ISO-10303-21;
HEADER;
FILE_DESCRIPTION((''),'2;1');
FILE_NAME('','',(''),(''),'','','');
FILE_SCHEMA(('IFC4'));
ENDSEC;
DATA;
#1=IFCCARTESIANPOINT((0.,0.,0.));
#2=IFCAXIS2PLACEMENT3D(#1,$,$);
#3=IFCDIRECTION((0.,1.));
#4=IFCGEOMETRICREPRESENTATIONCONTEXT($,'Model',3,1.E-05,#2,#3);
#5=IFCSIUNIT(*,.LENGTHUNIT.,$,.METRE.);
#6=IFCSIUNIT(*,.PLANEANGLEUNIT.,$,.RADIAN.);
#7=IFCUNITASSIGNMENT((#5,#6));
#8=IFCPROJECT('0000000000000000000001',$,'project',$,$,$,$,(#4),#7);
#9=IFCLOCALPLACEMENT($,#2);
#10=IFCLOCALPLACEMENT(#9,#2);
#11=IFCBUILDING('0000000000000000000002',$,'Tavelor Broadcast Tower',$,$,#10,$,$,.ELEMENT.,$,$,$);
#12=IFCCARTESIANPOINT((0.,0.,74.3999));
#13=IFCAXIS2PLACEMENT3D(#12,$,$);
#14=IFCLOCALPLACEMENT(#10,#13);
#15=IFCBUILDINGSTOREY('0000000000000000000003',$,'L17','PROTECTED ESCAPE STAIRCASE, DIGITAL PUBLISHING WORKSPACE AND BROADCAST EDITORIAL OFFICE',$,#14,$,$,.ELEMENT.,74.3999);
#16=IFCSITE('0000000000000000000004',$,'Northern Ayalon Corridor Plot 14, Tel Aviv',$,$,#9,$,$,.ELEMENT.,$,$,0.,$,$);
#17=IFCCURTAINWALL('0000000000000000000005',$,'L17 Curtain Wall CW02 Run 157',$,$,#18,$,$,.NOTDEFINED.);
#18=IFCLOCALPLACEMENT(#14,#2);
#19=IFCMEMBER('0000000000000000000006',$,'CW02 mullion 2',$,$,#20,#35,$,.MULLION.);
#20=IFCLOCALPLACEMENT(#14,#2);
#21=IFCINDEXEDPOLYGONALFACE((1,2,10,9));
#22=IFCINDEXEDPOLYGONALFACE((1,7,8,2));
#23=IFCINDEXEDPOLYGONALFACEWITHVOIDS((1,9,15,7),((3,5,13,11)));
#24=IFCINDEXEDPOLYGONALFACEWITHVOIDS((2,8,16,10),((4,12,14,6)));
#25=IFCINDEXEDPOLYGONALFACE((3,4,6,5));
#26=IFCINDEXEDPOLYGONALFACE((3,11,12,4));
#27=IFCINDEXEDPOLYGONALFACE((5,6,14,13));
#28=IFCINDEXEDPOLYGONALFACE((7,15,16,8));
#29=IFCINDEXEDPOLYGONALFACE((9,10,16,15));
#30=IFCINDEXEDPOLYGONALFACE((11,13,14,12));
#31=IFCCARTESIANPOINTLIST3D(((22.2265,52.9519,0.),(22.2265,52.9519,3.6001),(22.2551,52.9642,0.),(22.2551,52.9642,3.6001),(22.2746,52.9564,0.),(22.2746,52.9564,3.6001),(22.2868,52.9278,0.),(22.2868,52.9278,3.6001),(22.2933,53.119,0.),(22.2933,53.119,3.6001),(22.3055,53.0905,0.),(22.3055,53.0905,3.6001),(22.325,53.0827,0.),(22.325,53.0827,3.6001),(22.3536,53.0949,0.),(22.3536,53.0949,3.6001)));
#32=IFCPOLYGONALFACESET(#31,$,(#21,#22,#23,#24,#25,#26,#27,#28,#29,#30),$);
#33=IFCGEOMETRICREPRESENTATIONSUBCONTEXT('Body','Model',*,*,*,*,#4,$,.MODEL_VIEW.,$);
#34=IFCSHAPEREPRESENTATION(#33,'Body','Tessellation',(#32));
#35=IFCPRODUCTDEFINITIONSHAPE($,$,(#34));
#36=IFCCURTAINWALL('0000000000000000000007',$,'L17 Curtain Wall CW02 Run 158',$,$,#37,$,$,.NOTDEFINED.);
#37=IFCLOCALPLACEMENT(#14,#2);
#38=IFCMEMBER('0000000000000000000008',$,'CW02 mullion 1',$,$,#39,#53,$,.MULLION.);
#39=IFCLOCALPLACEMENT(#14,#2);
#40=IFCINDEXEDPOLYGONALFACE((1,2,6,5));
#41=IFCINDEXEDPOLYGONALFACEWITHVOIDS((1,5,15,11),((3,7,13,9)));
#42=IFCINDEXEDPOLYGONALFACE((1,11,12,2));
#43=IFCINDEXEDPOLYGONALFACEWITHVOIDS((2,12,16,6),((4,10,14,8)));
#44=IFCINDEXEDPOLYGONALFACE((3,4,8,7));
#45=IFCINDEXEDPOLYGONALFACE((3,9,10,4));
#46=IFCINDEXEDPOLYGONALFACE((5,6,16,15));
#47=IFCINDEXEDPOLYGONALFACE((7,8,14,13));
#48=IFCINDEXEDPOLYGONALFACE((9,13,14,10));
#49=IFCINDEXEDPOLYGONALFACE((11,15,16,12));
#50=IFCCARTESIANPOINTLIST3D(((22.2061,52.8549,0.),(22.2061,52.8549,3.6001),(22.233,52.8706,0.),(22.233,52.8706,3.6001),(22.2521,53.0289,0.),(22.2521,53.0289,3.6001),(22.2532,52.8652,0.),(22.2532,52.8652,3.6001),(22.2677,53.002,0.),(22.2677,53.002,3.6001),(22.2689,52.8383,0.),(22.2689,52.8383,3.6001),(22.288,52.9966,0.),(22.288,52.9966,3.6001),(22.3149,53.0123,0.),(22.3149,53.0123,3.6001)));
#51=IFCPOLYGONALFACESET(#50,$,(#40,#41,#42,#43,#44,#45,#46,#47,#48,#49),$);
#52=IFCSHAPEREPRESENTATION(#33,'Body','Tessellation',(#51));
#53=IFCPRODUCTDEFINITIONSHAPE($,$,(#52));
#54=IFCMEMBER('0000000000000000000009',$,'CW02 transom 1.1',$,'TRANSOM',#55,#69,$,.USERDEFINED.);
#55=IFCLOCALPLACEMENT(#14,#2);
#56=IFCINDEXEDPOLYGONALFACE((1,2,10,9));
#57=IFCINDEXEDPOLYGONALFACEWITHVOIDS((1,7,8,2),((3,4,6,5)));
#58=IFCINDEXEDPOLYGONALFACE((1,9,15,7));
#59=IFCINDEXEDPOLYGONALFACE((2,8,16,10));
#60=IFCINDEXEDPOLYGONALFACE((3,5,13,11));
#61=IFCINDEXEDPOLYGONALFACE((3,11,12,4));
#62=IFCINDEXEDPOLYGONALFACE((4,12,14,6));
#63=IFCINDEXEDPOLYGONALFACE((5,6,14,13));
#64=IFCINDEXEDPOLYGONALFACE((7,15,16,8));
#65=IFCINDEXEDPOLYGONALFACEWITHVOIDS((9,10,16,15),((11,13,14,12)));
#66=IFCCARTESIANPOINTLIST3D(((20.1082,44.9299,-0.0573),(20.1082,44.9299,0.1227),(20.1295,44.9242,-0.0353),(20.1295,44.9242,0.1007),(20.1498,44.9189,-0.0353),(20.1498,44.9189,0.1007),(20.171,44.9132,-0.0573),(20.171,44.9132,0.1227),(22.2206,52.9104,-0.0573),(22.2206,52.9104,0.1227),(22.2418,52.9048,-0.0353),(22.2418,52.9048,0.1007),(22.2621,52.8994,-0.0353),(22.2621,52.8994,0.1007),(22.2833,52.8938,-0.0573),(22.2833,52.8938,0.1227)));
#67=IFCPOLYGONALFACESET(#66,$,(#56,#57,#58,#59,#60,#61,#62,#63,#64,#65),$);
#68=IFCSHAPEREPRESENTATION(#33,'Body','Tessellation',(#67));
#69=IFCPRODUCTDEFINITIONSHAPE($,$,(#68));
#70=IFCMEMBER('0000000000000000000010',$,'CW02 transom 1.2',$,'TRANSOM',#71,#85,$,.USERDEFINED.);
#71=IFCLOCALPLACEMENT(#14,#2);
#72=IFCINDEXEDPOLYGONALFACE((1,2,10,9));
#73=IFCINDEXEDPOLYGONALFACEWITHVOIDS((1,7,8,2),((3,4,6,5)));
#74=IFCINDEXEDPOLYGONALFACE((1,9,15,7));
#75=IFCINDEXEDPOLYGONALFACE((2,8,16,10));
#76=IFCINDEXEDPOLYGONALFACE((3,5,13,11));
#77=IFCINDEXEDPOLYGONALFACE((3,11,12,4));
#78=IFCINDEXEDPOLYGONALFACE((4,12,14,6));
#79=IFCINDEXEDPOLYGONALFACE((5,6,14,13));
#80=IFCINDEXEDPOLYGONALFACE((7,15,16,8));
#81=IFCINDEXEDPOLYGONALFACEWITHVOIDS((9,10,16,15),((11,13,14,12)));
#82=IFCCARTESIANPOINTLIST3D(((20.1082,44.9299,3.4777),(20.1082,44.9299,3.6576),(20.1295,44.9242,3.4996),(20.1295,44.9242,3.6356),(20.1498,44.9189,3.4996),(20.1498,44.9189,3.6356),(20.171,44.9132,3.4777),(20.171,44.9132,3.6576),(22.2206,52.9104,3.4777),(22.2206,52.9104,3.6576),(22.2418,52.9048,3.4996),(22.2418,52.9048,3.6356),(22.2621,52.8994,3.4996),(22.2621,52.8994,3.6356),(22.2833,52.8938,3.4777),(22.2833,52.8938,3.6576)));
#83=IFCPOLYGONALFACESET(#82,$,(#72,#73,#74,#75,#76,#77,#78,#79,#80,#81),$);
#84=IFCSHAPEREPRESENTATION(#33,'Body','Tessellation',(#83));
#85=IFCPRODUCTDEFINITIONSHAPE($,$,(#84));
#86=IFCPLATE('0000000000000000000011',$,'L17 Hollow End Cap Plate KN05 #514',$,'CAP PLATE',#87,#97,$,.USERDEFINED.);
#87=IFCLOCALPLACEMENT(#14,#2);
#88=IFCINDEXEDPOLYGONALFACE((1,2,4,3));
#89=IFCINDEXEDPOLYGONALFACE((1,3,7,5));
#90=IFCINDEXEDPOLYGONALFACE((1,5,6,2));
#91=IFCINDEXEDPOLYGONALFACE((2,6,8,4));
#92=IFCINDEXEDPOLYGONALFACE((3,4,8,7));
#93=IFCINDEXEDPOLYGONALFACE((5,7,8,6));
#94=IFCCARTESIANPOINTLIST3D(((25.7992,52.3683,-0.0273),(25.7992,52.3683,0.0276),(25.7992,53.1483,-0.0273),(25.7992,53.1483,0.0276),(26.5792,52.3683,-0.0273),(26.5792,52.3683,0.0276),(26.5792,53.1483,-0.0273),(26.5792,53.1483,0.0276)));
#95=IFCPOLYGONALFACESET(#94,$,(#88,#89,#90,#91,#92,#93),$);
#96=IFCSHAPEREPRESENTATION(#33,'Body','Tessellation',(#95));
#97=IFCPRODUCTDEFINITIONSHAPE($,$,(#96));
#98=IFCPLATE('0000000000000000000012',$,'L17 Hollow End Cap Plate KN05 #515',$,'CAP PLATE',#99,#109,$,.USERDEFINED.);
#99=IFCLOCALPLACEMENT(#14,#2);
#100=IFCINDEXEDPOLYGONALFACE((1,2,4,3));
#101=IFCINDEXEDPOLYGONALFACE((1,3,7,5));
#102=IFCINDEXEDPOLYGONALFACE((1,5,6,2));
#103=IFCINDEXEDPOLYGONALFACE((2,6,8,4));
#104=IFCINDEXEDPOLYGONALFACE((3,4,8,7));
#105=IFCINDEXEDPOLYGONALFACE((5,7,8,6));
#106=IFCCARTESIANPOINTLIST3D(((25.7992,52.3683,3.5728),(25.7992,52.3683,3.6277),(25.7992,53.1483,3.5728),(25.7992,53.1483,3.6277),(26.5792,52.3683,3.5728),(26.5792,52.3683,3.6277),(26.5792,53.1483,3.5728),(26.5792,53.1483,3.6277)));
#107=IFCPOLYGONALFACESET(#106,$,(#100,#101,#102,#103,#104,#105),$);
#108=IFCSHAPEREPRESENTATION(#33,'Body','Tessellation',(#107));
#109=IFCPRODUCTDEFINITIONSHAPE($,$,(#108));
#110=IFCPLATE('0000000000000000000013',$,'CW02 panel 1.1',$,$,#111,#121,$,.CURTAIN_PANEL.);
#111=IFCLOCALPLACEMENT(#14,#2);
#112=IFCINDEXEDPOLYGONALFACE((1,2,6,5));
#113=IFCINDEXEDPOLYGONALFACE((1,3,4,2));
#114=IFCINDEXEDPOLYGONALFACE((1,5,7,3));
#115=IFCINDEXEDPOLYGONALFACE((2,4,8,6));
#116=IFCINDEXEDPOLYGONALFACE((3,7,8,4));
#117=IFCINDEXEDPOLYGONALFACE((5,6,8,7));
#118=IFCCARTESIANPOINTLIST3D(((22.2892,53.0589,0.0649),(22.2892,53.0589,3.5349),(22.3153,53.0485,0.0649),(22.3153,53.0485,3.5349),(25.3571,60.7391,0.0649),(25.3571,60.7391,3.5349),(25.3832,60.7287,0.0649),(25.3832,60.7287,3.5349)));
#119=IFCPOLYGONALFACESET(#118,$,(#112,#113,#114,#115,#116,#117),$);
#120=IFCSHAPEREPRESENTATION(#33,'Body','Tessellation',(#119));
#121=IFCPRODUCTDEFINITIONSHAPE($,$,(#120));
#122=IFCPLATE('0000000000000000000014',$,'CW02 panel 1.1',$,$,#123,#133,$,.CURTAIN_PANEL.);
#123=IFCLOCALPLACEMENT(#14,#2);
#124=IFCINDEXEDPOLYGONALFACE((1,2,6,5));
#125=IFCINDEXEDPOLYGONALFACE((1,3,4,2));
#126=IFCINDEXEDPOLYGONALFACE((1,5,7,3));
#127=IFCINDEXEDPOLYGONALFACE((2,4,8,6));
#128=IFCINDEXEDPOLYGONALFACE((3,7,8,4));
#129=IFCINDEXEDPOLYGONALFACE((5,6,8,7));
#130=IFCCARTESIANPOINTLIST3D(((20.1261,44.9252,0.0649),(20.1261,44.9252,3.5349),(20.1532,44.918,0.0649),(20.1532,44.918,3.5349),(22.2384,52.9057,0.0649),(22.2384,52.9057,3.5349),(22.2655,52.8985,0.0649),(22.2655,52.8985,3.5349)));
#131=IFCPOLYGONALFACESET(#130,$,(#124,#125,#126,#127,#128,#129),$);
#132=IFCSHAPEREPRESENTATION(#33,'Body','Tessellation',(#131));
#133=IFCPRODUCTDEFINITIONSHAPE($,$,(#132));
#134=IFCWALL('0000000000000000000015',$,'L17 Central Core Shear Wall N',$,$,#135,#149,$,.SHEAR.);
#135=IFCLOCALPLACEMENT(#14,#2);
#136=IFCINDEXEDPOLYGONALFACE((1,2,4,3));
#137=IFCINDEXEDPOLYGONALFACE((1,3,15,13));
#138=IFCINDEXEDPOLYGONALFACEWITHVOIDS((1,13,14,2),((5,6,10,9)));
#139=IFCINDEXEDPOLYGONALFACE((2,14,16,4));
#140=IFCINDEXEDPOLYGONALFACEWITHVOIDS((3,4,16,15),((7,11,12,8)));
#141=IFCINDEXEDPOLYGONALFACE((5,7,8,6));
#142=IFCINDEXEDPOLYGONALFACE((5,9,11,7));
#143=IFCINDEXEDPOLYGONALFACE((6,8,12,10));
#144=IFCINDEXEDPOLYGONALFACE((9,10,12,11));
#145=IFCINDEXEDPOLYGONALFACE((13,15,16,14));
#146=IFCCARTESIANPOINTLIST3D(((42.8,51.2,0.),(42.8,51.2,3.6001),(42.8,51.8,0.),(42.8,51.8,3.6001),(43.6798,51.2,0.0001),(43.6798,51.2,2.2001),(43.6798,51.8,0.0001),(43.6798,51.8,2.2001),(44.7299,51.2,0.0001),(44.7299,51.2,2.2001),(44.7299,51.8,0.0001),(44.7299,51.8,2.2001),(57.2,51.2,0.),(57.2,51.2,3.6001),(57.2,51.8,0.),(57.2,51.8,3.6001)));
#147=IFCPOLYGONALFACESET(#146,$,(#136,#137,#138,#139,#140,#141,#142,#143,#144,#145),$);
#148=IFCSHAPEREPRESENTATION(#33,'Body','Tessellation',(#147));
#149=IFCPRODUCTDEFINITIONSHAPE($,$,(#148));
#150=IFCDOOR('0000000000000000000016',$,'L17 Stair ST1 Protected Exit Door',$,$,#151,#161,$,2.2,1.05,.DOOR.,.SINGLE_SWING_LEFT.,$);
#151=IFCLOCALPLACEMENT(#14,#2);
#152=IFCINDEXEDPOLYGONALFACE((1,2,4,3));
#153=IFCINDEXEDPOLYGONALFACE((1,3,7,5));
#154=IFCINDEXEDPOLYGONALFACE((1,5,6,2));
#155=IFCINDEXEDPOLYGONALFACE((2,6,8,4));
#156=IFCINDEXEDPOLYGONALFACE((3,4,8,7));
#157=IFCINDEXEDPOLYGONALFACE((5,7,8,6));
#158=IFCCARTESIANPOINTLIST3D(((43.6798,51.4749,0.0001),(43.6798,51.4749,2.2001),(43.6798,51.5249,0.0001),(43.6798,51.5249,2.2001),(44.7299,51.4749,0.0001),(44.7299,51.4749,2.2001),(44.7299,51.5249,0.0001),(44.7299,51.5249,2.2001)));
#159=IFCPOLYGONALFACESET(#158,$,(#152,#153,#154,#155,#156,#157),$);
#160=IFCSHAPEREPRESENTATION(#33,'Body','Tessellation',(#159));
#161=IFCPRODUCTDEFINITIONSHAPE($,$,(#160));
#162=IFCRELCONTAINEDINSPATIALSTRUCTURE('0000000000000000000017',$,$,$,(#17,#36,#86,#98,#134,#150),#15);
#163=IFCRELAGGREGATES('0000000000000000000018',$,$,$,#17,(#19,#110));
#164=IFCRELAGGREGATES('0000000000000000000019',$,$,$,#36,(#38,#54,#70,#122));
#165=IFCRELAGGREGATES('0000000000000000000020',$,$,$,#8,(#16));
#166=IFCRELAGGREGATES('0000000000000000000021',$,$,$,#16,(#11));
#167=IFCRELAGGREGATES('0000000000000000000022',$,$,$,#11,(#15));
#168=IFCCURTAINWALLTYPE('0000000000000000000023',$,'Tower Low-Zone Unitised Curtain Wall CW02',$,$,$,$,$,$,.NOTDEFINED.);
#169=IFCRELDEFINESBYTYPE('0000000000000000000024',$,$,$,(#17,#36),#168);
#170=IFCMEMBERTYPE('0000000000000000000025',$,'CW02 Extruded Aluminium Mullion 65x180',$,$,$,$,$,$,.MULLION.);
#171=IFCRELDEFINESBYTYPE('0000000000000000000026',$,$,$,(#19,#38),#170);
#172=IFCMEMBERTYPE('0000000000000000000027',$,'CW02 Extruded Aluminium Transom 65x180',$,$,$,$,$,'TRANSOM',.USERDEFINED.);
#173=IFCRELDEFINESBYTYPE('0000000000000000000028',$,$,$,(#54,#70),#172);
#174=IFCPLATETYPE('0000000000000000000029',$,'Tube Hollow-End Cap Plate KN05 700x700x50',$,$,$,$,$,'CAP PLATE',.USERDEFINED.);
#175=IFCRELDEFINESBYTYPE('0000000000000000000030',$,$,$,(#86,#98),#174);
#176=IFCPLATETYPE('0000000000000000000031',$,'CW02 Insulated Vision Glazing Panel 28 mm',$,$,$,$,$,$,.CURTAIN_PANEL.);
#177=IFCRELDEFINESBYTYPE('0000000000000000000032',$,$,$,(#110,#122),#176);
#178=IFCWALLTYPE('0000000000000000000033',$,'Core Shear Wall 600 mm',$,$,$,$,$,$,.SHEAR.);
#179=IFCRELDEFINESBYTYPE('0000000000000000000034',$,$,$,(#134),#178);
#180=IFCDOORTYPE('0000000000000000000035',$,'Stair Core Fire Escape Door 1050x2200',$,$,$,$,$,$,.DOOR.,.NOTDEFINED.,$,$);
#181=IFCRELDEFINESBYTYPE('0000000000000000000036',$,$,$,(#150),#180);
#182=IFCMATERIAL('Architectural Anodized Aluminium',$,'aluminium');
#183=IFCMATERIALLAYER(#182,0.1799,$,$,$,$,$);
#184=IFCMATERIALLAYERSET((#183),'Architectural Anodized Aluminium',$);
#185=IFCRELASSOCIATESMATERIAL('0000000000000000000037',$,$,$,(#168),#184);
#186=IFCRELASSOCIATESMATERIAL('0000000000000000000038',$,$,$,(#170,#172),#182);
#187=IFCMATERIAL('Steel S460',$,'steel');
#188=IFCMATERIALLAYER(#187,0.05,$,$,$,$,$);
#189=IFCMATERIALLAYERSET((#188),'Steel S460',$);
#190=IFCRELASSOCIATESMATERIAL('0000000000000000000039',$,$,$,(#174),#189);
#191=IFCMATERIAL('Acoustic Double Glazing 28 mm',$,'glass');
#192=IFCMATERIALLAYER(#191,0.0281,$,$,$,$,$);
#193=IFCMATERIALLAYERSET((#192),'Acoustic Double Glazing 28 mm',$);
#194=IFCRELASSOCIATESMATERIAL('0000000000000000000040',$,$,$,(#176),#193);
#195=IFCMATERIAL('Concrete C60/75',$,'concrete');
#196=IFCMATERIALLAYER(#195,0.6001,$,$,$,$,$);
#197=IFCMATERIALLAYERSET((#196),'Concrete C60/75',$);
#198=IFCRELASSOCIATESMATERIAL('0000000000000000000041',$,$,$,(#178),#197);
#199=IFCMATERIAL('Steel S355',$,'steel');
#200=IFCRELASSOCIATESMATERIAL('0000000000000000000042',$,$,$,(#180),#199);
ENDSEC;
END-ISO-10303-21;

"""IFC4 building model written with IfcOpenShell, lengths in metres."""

from ifc_helpers import new_model, si_unit, direction, frame, frame_2d, origin, origin_2d, place, context, subcontext, project, spatial, rectangle, hollow_rectangle, extrude, source, transform, mapped, material, layer, layer_set, material_profile, profile_set, type_object, type_shapes, element, fill, aggregate, save


model = new_model("IFC4")

# Units and contexts
model_context = context("Model", 3, precision=1e-05, world=origin(), true_north=direction((0.0, 1.0)))
body_context = subcontext(model_context, "Body", "Model", "MODEL_VIEW")
ifc_project = project(units=[si_unit("LENGTHUNIT", "METRE"), si_unit("PLANEANGLEUNIT", "RADIAN")], contexts=[model_context])

# Site, building, storey
site_placement = place(None, origin())
site = spatial("IfcSite", under=ifc_project, at=site_placement, Name="Northern Ayalon Corridor Plot 14, Tel Aviv", CompositionType="ELEMENT", RefElevation=0.0)
building_placement = place(site_placement, origin())
building = spatial("IfcBuilding", under=site, at=building_placement, Name="Tavelor Broadcast Tower", CompositionType="ELEMENT")
storey_placement = place(building_placement, frame((0.0, 0.0, 74.3999)))
storey = spatial("IfcBuildingStorey", under=building, at=storey_placement, Name="L17", Description="PROTECTED ESCAPE STAIRCASE, DIGITAL PUBLISHING WORKSPACE AND BROADCAST EDITORIAL OFFICE", CompositionType="ELEMENT", Elevation=74.3999)

# Shared definitions
ifc_material_1 = material(Name="Steel S460", Category="steel")

# Shared definitions
ifc_material_2 = material(Name="Steel S355", Category="steel")

# Curtain wall, member
ifc_material_3 = material(Name="Architectural Anodized Aluminium", Category="aluminium")
ifc_layer_1 = layer(ifc_material_3, 0.1799)
ifc_layer_set_1 = layer_set([ifc_layer_1], Name="Architectural Anodized Aluminium")
curtain_wall_type = type_object("IfcCurtainWallType", Name="Tower Low-Zone Unitised Curtain Wall CW02", PredefinedType="NOTDEFINED", material=ifc_layer_set_1)
curtain_wall_1_placement = place(storey_placement, origin())
curtain_wall_1 = element("IfcCurtainWall", 1, at=curtain_wall_1_placement, inside=storey, type_object=curtain_wall_type, Name="L17 Curtain Wall CW02 Run 157", PredefinedType="NOTDEFINED")
ifc_material_profile_1 = material_profile(ifc_material_3, hollow_rectangle(XDim=0.0649, YDim=0.1799, WallThickness=0.022, at=origin_2d()), Name="RHS 65x180x22")
ifc_profile_set_1 = profile_set([ifc_material_profile_1], Name="Architectural Anodized Aluminium")
member_type_1 = type_object("IfcMemberType", Name="CW02 Extruded Aluminium Mullion 65x180", PredefinedType="MULLION", material=ifc_profile_set_1)
shared_shape_1 = source(origin(), body_context, "Body", "SweptSolid", [
    extrude(hollow_rectangle(XDim=0.0649, YDim=0.1799, WallThickness=0.022, at=origin_2d()), origin(), (0.0, 0.0, 1.0), 3.6001),
])
type_shapes(member_type_1, [shared_shape_1])
member_1_placement = place(storey_placement, frame((22.29, 53.0234, 0.0), z_axis=(0.0, 0.0, 1.0), x_axis=(0.928649, -0.37096, 0.0)))
member_1 = element("IfcMember", 2, at=member_1_placement, type_object=member_type_1, Name="CW02 mullion 2", PredefinedType="MULLION", context=body_context, shape_type="MappedRepresentation", body=[
    mapped(shared_shape_1, transform((0.0, 0.0, 0.0), scale=1.0)),
])

# Curtain wall, members
curtain_wall_2_placement = place(storey_placement, origin())
curtain_wall_2 = element("IfcCurtainWall", 3, at=curtain_wall_2_placement, inside=storey, type_object=curtain_wall_type, Name="L17 Curtain Wall CW02 Run 158", PredefinedType="NOTDEFINED")
member_2_placement = place(storey_placement, frame((22.2605, 52.9336, 0.0), z_axis=(0.0, 0.0, 1.0), x_axis=(0.96671, -0.255875, 0.0)))
member_2 = element("IfcMember", 4, at=member_2_placement, type_object=member_type_1, Name="CW02 mullion 1", PredefinedType="MULLION", context=body_context, shape_type="MappedRepresentation", body=[
    mapped(shared_shape_1, transform((0.0, 0.0, 0.0), scale=1.0)),
])
ifc_material_profile_2 = material_profile(ifc_material_3, hollow_rectangle(XDim=0.0649, YDim=0.1799, WallThickness=0.022, at=origin_2d()), Name="RHS 65x180x22")
ifc_profile_set_2 = profile_set([ifc_material_profile_2], Name="Architectural Anodized Aluminium")
member_type_2 = type_object("IfcMemberType", Name="CW02 Extruded Aluminium Transom 65x180", ElementType="TRANSOM", PredefinedType="USERDEFINED", material=ifc_profile_set_2)
shared_shape_2 = source(origin(), body_context, "Body", "SweptSolid", [
    extrude(hollow_rectangle(XDim=0.0649, YDim=0.1799, WallThickness=0.022, at=origin_2d()), origin(), (0.0, 0.0, 1.0), 8.2554),
])
type_shapes(member_type_2, [shared_shape_2])
member_3_placement = place(storey_placement, frame((22.252, 52.9021, 0.0327), z_axis=(-0.255873, -0.96671, 0.0), x_axis=(0.96671, -0.255873, 0.0)))
member_3 = element("IfcMember", 5, at=member_3_placement, type_object=member_type_2, Name="CW02 transom 1.1", ObjectType="TRANSOM", PredefinedType="USERDEFINED", context=body_context, shape_type="MappedRepresentation", body=[
    mapped(shared_shape_2, transform((0.0, 0.0, 0.0), scale=1.0)),
])
member_4_placement = place(storey_placement, frame((22.252, 52.9021, 3.5676), z_axis=(-0.255873, -0.96671, 0.0), x_axis=(0.96671, -0.255873, 0.0)))
member_4 = element("IfcMember", 6, at=member_4_placement, type_object=member_type_2, Name="CW02 transom 1.2", ObjectType="TRANSOM", PredefinedType="USERDEFINED", context=body_context, shape_type="MappedRepresentation", body=[
    mapped(shared_shape_2, transform((0.0, 0.0, 0.0), scale=1.0)),
])

# Plates
ifc_layer_2 = layer(ifc_material_1, 0.05)
ifc_layer_set_2 = layer_set([ifc_layer_2], Name="Steel S460")
plate_type_1 = type_object("IfcPlateType", Name="Tube Hollow-End Cap Plate KN05 700x700x50", ElementType="CAP PLATE", PredefinedType="USERDEFINED", material=ifc_layer_set_2)
shared_shape_3 = source(origin(), body_context, "Body", "SweptSolid", [
    extrude(rectangle(XDim=0.78, YDim=0.78, at=origin_2d()), origin(), (0.0, 0.0, 1.0), 0.0549),
])
type_shapes(plate_type_1, [shared_shape_3])
for number, where, z_axis, x_axis, name in (
    (7, (26.1892, 52.7583, -0.0273), (0.0, 0.0, 1.0), (1.0, 0.0, 0.0), "L17 Hollow End Cap Plate KN05 #514"),
    (8, (26.1892, 52.7583, 3.5728), (0.0, 0.0, 1.0), (1.0, 0.0, 0.0), "L17 Hollow End Cap Plate KN05 #515"),
):
    element("IfcPlate", number, at=place(storey_placement, frame(where, z_axis=z_axis, x_axis=x_axis)), inside=storey, type_object=plate_type_1, Name=name, ObjectType="CAP PLATE", PredefinedType="USERDEFINED", context=body_context, shape_type="MappedRepresentation", body=[
        mapped(shared_shape_3, transform((0.0, 0.0, 0.0), scale=1.0)),
    ])

# Plates
ifc_material_4 = material(Name="Acoustic Double Glazing 28 mm", Category="glass")
ifc_layer_3 = layer(ifc_material_4, 0.0281)
ifc_layer_set_3 = layer_set([ifc_layer_3], Name="Acoustic Double Glazing 28 mm")
plate_type_2 = type_object("IfcPlateType", Name="CW02 Insulated Vision Glazing Panel 28 mm", PredefinedType="CURTAIN_PANEL", material=ifc_layer_set_3)
shared_shape_4 = source(origin(), body_context, "Body", "SweptSolid", [
    extrude(rectangle(XDim=8.2703, YDim=0.0281, at=origin_2d()), origin(), (0.0, 0.0, 1.0), 3.47),
])
plate_1_placement = place(storey_placement, frame((23.8362, 56.8938, 0.0649), z_axis=(0.0, 0.0, 1.0), x_axis=(-0.37096, -0.928649, 0.0)))
plate_1 = element("IfcPlate", 9, at=plate_1_placement, type_object=plate_type_2, Name="CW02 panel 1.1", PredefinedType="CURTAIN_PANEL", context=body_context, shape_type="MappedRepresentation", body=[
    mapped(shared_shape_4, transform((0.0, 0.0, 0.0), scale=1.0)),
])
aggregate(curtain_wall_1, [member_1, plate_1])
shared_shape_5 = source(origin(), body_context, "Body", "SweptSolid", [
    extrude(rectangle(XDim=8.2554, YDim=0.0281, at=origin_2d()), origin(), (0.0, 0.0, 1.0), 3.47),
])
type_shapes(plate_type_2, [shared_shape_4, shared_shape_5])
plate_2_placement = place(storey_placement, frame((21.1958, 48.9119, 0.0649), z_axis=(0.0, 0.0, 1.0), x_axis=(-0.255875, -0.96671, 0.0)))
plate_2 = element("IfcPlate", 10, at=plate_2_placement, type_object=plate_type_2, Name="CW02 panel 1.1", PredefinedType="CURTAIN_PANEL", context=body_context, shape_type="MappedRepresentation", body=[
    mapped(shared_shape_5, transform((0.0, 0.0, 0.0), scale=1.0)),
])
aggregate(curtain_wall_2, [member_2, member_3, member_4, plate_2])

# Wall, opening, door
ifc_material_5 = material(Name="Concrete C60/75", Category="concrete")
ifc_layer_4 = layer(ifc_material_5, 0.6001)
ifc_layer_set_4 = layer_set([ifc_layer_4], Name="Concrete C60/75")
wall_type_1 = type_object("IfcWallType", Name="Core Shear Wall 600 mm", PredefinedType="SHEAR", material=ifc_layer_set_4)
wall_1_placement = place(storey_placement, frame((42.8, 51.5, 0.0), z_axis=(0.0, 0.0, 1.0), x_axis=(1.0, 0.0, 0.0)))
wall_1 = element("IfcWall", 11, at=wall_1_placement, inside=storey, type_object=wall_type_1, Name="L17 Central Core Shear Wall N", PredefinedType="SHEAR", context=body_context, shape_type="SweptSolid", body=[
    extrude(rectangle(XDim=14.3999, YDim=0.6001, at=frame_2d((7.2, 0.0))), origin(), (0.0, 0.0, 1.0), 3.6001),
])
opening_1_placement = place(wall_1_placement, frame((0.8799, 0.0, 0.0)))
opening_1 = element("IfcOpeningElement", 12, at=opening_1_placement, cuts=wall_1, PredefinedType="OPENING", context=body_context, shape_type="SweptSolid", body=[
    extrude(rectangle(XDim=1.05, YDim=2.2, at=frame_2d((0.5249, 1.1001))), frame((0.0, 0.3101, 0.0), z_axis=(0.0, -1.0, 0.0), x_axis=(1.0, 0.0, 0.0)), (0.0, 0.0, 1.0), 0.6201),
])
door_type_1 = type_object("IfcDoorType", Name="Stair Core Fire Escape Door 1050x2200", OperationType="NOTDEFINED", PredefinedType="DOOR", material=ifc_material_2)
door_1_placement = place(opening_1_placement, origin())
door_1 = element("IfcDoor", 13, at=door_1_placement, inside=storey, type_object=door_type_1, Name="L17 Stair ST1 Protected Exit Door", OperationType="SINGLE_SWING_LEFT", OverallHeight=2.2, OverallWidth=1.05, PredefinedType="DOOR", context=body_context, shape_type="SweptSolid", body=[
    extrude(rectangle(XDim=1.05, YDim=2.2, at=frame_2d((0.5249, 1.1001))), frame((0.0, 0.0249, 0.0), z_axis=(0.0, -1.0, 0.0), x_axis=(1.0, 0.0, 0.0)), (0.0, 0.0, 1.0), 0.05),
])
fill(opening_1, door_1)

save(model, "model.ifc")
